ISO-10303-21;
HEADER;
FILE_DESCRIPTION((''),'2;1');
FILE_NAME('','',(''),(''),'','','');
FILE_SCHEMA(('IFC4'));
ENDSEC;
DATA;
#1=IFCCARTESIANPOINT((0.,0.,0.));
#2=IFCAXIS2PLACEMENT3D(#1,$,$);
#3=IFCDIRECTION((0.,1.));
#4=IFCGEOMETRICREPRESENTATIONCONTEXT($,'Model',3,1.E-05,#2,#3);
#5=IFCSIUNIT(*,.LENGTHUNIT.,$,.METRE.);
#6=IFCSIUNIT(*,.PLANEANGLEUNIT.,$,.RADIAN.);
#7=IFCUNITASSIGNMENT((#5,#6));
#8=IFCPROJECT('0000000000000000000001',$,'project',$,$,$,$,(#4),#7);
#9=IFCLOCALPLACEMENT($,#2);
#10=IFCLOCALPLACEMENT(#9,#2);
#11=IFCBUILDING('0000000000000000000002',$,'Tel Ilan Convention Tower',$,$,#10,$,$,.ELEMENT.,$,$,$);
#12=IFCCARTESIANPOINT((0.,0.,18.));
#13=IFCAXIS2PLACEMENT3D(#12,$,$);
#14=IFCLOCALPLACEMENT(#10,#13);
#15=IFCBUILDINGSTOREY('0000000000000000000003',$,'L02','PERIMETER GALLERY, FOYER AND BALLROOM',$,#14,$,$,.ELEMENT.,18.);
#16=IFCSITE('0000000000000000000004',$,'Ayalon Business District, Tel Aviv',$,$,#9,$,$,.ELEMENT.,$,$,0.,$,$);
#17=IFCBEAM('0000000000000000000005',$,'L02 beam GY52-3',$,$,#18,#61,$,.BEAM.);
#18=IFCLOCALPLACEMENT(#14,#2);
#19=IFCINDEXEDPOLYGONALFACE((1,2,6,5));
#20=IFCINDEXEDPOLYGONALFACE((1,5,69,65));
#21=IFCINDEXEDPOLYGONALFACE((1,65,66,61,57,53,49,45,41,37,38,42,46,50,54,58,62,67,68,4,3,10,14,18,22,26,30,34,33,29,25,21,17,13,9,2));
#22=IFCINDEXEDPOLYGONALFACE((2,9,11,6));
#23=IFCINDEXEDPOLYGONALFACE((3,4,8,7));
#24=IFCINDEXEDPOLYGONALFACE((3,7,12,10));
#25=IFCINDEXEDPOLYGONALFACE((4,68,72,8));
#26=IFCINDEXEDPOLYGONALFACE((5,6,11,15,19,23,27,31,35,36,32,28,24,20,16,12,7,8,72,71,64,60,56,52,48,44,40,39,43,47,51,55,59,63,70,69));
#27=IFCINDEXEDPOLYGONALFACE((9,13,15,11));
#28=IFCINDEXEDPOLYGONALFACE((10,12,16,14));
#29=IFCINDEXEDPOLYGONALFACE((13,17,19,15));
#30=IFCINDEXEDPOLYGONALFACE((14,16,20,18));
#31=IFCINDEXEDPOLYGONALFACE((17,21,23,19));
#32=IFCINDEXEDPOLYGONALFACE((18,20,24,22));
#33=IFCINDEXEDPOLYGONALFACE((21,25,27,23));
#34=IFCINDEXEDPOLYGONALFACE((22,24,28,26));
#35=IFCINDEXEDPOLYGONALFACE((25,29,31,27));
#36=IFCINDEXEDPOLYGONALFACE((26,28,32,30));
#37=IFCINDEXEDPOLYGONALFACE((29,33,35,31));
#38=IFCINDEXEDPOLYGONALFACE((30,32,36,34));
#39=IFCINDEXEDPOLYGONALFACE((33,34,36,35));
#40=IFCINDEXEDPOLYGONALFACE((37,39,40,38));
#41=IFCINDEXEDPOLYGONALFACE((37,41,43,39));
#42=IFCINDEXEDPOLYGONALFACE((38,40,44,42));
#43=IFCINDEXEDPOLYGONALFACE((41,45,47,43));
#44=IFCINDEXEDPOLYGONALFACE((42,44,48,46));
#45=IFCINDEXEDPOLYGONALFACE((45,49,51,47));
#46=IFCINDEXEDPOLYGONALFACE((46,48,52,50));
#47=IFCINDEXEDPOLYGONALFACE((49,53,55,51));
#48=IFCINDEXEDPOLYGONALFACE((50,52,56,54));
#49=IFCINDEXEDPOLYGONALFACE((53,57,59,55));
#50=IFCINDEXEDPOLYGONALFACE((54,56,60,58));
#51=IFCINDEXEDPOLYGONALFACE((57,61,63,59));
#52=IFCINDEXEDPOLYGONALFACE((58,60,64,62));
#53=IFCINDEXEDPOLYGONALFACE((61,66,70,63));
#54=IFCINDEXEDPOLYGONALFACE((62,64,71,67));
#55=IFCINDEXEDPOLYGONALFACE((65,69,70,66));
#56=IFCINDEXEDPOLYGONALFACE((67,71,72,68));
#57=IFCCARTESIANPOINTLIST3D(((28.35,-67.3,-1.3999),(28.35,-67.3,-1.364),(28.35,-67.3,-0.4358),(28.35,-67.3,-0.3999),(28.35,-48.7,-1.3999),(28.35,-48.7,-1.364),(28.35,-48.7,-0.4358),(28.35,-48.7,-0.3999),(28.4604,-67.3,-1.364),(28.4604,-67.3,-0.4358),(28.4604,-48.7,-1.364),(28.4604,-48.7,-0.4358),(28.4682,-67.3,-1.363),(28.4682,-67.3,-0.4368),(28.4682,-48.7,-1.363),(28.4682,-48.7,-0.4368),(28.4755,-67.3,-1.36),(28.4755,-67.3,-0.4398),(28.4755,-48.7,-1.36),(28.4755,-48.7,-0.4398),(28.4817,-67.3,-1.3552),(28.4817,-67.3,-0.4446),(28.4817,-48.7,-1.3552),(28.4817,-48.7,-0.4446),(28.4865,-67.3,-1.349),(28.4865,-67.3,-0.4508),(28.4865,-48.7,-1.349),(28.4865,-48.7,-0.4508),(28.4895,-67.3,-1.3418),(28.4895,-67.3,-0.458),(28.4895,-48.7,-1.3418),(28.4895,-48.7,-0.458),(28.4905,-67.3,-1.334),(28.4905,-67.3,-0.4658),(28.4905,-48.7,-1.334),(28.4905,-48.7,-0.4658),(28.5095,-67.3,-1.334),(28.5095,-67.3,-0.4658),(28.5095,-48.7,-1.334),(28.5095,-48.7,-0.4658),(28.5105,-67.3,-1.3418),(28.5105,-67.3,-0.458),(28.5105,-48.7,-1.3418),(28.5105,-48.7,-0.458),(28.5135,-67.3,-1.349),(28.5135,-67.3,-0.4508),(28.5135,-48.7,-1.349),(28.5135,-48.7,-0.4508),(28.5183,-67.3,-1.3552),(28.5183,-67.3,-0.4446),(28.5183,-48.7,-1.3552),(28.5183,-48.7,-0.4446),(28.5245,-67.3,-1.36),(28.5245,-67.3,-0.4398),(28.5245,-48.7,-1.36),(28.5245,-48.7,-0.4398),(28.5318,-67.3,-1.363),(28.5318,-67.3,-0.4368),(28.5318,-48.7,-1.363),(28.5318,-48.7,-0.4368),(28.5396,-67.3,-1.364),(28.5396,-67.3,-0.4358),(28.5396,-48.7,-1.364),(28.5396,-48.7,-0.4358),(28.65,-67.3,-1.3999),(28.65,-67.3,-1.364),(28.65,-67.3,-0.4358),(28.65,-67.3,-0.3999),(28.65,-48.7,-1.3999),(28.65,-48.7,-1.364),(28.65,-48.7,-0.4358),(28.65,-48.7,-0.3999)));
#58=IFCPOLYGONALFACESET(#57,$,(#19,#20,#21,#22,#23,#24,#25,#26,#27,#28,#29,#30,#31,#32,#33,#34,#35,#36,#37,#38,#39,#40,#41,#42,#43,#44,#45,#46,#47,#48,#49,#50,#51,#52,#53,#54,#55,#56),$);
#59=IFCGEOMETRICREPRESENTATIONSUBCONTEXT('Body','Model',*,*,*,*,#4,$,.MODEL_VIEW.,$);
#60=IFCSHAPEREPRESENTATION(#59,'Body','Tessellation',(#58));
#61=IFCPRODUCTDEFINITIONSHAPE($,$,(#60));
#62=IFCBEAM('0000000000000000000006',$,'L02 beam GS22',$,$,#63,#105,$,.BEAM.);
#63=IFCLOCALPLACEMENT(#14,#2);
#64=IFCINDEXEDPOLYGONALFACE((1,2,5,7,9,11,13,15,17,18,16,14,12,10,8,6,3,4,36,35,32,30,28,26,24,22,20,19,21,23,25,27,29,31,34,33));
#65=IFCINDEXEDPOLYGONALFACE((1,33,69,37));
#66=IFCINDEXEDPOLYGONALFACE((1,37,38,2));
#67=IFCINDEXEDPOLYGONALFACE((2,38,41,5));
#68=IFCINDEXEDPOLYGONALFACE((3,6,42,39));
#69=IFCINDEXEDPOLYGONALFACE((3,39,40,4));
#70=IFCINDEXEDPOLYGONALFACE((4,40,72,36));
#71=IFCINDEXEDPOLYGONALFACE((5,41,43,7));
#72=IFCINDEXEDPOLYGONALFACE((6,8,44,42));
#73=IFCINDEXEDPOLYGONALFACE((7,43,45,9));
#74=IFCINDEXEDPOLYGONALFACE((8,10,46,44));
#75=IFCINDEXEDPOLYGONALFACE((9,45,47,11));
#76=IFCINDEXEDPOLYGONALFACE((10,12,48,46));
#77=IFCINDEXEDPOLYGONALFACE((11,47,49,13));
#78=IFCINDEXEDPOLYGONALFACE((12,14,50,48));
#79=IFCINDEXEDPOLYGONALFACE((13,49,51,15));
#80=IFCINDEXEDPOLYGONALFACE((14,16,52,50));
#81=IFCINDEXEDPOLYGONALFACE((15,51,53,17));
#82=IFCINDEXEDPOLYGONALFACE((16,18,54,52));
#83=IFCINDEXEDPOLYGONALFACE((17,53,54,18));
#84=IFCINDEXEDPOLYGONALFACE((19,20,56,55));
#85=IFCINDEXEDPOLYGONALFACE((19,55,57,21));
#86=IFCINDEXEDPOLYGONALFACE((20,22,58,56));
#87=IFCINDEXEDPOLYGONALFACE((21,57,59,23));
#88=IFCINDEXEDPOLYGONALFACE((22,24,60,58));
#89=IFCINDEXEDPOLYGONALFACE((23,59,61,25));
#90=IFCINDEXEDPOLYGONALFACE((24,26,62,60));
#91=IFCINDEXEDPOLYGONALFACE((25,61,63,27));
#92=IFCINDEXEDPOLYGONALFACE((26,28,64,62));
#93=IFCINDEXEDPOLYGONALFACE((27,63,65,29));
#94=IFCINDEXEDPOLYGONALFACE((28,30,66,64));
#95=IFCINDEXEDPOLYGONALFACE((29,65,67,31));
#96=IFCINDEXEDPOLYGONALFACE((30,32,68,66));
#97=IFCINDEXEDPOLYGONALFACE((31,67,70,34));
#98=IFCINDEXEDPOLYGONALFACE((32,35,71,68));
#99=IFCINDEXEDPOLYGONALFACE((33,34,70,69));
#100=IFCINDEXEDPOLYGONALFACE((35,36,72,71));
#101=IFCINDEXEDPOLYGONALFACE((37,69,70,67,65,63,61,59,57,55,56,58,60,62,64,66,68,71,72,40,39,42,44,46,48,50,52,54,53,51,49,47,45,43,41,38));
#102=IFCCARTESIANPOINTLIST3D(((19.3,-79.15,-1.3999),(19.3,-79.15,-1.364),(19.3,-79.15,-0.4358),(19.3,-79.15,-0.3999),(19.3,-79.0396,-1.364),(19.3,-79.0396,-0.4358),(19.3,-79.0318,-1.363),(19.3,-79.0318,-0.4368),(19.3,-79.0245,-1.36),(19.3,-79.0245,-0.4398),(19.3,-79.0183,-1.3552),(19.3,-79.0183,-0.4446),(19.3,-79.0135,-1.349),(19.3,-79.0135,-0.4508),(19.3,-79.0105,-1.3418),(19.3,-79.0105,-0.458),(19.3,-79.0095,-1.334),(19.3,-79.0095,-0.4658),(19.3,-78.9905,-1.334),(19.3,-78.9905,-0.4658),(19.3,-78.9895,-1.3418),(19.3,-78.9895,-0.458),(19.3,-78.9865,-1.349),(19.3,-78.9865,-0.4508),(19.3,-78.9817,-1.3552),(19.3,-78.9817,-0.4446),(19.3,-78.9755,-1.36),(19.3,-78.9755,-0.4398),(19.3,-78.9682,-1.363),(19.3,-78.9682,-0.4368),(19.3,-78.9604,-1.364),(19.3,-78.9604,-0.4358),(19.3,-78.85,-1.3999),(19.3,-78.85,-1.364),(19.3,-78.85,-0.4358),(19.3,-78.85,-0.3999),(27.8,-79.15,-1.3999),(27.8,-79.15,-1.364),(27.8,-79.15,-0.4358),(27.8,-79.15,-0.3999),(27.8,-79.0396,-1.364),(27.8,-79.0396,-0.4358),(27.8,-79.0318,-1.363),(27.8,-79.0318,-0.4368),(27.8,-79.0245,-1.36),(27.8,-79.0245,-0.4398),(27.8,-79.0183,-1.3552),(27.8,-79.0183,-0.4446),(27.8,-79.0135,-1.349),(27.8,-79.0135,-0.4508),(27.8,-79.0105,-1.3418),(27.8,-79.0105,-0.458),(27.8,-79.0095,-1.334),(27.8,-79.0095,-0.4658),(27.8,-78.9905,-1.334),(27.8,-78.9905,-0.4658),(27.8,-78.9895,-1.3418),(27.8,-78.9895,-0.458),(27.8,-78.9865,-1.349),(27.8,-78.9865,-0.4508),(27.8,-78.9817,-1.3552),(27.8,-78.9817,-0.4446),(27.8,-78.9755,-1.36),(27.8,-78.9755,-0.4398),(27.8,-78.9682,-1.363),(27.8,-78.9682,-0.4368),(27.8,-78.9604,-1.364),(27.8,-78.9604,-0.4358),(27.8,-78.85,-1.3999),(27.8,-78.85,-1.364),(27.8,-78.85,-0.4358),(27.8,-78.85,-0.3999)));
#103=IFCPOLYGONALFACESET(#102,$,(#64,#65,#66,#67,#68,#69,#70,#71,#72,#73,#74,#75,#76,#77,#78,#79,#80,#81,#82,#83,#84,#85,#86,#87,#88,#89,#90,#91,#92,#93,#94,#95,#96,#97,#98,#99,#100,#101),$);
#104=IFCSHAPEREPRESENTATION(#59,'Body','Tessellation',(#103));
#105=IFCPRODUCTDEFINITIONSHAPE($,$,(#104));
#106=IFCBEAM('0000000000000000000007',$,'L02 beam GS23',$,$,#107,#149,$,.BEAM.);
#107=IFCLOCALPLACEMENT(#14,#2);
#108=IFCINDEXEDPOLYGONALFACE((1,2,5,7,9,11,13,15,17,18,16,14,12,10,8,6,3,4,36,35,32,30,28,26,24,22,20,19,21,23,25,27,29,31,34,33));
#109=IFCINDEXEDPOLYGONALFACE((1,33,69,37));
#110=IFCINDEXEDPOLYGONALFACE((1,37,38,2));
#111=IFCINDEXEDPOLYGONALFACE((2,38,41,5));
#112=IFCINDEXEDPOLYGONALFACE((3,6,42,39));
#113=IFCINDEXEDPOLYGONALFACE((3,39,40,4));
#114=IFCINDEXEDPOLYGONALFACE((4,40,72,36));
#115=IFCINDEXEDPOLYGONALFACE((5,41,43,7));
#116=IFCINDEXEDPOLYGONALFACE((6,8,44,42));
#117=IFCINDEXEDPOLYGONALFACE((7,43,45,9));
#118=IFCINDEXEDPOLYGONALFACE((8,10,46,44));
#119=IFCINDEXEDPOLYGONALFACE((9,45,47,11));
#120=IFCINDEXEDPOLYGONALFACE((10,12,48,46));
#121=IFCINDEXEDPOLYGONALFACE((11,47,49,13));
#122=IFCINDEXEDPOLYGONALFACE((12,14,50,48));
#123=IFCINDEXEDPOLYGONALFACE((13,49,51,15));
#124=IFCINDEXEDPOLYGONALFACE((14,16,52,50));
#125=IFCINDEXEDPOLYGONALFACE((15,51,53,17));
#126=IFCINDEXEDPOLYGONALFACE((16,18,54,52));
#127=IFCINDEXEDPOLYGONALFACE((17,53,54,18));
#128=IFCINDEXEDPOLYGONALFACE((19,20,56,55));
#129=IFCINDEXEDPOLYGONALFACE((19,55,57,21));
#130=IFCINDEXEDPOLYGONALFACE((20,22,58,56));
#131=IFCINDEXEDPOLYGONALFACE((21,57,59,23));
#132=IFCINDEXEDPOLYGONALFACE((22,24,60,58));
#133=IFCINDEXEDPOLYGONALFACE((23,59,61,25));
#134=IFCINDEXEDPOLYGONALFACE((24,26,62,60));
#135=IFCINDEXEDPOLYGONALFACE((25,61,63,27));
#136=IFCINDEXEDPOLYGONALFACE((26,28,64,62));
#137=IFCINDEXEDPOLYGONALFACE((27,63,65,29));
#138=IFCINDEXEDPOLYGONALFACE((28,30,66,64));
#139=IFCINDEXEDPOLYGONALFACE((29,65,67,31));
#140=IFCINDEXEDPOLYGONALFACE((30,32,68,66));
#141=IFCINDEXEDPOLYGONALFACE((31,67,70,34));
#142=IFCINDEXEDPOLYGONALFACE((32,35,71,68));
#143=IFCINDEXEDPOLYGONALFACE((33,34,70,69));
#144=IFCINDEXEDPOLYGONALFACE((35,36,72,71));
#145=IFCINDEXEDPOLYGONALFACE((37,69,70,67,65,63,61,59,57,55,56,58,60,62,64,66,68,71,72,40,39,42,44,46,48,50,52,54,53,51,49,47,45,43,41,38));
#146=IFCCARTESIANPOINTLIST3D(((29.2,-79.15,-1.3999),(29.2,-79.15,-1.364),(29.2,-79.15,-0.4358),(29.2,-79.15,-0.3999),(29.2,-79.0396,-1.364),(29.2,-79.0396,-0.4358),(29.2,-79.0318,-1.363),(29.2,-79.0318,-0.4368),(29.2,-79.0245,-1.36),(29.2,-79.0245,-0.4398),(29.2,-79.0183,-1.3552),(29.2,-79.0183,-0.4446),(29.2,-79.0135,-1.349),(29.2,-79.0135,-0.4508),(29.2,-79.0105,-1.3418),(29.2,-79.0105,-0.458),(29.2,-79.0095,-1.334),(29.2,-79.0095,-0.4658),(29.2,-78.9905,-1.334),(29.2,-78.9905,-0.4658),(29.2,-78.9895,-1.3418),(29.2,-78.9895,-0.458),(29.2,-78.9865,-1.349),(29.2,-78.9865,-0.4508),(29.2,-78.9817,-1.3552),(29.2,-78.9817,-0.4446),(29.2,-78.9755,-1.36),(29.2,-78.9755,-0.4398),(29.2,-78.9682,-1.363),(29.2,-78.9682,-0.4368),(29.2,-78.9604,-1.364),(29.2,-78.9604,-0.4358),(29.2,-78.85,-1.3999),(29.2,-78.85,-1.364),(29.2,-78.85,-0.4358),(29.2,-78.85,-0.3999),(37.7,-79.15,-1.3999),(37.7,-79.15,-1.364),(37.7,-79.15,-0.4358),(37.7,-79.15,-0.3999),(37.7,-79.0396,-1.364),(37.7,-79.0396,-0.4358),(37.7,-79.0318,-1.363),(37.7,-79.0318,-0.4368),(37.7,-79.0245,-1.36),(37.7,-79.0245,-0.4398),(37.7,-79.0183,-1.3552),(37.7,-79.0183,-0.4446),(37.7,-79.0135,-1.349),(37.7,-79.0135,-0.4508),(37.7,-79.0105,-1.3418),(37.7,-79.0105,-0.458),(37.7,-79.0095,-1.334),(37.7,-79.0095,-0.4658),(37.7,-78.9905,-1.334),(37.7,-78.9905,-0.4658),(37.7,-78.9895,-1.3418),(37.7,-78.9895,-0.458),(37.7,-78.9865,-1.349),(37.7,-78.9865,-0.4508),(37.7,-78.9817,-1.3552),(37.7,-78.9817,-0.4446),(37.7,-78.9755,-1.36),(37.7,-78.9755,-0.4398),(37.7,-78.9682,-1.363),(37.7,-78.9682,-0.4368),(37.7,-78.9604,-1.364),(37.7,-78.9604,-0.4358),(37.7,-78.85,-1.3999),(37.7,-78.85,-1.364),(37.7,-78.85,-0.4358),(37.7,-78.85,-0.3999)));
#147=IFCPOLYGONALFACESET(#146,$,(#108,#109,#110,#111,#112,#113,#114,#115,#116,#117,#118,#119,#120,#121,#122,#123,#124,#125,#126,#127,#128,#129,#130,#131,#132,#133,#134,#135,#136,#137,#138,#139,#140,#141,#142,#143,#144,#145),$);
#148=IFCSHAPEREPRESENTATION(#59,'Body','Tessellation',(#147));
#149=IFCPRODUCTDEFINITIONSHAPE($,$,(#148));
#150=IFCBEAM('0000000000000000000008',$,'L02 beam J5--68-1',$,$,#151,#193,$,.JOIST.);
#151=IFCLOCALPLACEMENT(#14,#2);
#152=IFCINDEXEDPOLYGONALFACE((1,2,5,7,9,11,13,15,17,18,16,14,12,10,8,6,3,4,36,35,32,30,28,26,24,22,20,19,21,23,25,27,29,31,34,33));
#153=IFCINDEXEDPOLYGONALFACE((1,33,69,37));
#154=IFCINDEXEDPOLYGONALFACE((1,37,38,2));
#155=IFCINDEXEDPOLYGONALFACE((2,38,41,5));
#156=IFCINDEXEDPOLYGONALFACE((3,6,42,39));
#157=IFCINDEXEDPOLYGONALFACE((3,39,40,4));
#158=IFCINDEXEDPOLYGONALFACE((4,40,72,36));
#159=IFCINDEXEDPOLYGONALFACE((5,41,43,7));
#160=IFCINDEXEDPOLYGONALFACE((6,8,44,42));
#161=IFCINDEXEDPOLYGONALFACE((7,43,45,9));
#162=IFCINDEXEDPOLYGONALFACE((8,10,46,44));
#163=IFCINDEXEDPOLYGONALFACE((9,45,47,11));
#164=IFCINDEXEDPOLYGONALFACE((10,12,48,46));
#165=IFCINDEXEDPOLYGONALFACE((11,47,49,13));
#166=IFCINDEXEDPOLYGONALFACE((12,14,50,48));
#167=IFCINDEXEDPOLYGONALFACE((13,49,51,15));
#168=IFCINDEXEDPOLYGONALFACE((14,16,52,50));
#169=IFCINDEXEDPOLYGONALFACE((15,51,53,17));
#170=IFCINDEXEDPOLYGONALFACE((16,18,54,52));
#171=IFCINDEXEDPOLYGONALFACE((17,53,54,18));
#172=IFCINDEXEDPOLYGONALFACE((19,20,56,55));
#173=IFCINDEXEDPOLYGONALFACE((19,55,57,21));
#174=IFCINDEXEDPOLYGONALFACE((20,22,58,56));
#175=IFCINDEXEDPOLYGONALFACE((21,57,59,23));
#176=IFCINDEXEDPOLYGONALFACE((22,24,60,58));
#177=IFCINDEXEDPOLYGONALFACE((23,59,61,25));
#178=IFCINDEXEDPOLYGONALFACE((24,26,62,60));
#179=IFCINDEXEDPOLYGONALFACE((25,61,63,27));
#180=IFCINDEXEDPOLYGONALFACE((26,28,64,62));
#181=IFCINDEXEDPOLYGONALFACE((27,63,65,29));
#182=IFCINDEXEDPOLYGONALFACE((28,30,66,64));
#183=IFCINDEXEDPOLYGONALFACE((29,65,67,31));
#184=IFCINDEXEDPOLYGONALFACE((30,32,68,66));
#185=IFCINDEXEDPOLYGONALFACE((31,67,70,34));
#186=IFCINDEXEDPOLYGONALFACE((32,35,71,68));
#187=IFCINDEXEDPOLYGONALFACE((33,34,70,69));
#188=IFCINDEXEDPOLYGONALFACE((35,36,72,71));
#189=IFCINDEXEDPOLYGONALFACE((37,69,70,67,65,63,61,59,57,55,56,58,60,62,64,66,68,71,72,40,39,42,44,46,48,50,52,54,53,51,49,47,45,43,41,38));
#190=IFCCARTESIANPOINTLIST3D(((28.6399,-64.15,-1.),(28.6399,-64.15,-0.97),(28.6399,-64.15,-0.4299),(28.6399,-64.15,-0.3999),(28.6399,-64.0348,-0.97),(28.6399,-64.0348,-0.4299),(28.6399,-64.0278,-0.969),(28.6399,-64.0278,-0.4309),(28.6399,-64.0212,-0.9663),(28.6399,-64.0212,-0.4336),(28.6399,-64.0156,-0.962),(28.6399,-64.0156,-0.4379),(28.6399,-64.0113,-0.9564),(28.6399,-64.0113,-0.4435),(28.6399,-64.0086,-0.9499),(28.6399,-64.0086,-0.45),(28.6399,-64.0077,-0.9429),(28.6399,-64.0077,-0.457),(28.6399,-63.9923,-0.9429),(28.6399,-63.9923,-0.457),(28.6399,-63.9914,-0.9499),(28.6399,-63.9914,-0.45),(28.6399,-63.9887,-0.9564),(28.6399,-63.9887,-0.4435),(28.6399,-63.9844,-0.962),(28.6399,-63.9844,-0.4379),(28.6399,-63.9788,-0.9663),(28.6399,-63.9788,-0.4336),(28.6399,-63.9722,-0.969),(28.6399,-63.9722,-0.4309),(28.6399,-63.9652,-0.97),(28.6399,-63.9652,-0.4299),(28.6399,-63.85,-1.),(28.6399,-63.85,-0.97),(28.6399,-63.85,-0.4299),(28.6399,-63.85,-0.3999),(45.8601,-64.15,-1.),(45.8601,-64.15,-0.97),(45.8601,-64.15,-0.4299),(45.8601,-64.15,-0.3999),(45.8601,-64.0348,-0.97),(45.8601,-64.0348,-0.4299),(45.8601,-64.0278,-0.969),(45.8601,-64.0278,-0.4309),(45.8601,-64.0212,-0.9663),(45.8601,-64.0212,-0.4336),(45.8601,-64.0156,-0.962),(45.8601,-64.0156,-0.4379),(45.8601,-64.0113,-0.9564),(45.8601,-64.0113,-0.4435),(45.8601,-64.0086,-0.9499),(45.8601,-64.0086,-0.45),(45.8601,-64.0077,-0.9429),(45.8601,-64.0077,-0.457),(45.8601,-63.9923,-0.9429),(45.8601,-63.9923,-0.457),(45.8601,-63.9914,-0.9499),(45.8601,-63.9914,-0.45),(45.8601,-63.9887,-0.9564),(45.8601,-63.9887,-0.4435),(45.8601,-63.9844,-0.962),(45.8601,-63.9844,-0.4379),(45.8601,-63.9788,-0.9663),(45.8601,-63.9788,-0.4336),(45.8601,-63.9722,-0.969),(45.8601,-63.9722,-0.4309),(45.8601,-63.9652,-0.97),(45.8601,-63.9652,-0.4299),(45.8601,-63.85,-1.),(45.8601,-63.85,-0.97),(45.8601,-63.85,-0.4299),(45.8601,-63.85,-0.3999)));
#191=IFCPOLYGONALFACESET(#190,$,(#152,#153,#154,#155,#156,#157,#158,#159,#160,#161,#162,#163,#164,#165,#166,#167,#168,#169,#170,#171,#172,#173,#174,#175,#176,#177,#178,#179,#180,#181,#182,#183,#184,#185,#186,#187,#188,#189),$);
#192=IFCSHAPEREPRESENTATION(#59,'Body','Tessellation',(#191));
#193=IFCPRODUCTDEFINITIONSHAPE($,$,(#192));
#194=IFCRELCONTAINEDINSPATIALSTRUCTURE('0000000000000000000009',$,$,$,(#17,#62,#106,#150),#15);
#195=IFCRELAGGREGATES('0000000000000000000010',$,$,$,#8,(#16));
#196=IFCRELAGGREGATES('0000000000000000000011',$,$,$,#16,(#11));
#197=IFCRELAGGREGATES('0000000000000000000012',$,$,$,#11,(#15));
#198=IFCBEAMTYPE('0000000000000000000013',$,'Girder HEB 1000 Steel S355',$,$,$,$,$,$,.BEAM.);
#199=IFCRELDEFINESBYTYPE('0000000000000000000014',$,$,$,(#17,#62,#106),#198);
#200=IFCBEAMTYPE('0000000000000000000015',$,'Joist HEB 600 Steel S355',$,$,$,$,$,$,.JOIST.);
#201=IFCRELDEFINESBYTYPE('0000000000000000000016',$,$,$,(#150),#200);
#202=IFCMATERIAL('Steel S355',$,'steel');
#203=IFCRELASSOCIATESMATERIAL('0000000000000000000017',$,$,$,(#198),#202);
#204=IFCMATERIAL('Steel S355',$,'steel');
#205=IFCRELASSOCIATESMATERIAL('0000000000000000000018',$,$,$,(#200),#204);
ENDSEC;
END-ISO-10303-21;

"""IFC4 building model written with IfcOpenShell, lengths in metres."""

from ifc_helpers import new_model, si_unit, direction, frame, origin, origin_2d, place, context, subcontext, project, spatial, i_section, extrude, material, material_profile, profile_set, type_object, element, save


model = new_model("IFC4")

# Units and contexts
model_context = context("Model", 3, precision=1e-05, world=origin(), true_north=direction((0.0, 1.0)))
body_context = subcontext(model_context, "Body", "Model", "MODEL_VIEW")
ifc_project = project(units=[si_unit("LENGTHUNIT", "METRE"), si_unit("PLANEANGLEUNIT", "RADIAN")], contexts=[model_context])

# Site, building, storey
site_placement = place(None, origin())
site = spatial("IfcSite", under=ifc_project, at=site_placement, Name="Ayalon Business District, Tel Aviv", CompositionType="ELEMENT", RefElevation=0.0)
building_placement = place(site_placement, origin())
building = spatial("IfcBuilding", under=site, at=building_placement, Name="Tel Ilan Convention Tower", CompositionType="ELEMENT")
storey_placement = place(building_placement, frame((0.0, 0.0, 18.0)))
storey = spatial("IfcBuildingStorey", under=building, at=storey_placement, Name="L02", Description="PERIMETER GALLERY, FOYER AND BALLROOM", CompositionType="ELEMENT", Elevation=18.0)

# Beams
ifc_material_1 = material(Name="Steel S355", Category="steel")
ifc_material_profile_1 = material_profile(ifc_material_1, i_section(OverallWidth=0.3, OverallDepth=1.0, WebThickness=0.019, FlangeThickness=0.0359, FilletRadius=0.03, at=origin_2d()), Name="HEB 1000")
ifc_profile_set_1 = profile_set([ifc_material_profile_1], Name="Steel S355")
beam_type_1 = type_object("IfcBeamType", Name="Girder HEB 1000 Steel S355", PredefinedType="BEAM", material=ifc_profile_set_1)
beam_1_placement = place(storey_placement, frame((28.5, -67.3, -0.8999), z_axis=(0.0, 1.0, 0.0), x_axis=(-1.0, 0.0, 0.0)))
element("IfcBeam", 1, at=beam_1_placement, inside=storey, type_object=beam_type_1, Name="L02 beam GY52-3", PredefinedType="BEAM", context=body_context, shape_type="SweptSolid", body=[
    extrude(i_section(OverallWidth=0.3, OverallDepth=1.0, WebThickness=0.019, FlangeThickness=0.0359, FilletRadius=0.03, at=origin_2d()), origin(), (0.0, 0.0, 1.0), 18.6001),
])
for number, where, z_axis, x_axis, name in (
    (2, (19.3, -79.0, -0.8999), (1.0, 0.0, 0.0), (0.0, 1.0, 0.0), "L02 beam GS22"),
    (3, (29.2, -79.0, -0.8999), (1.0, 0.0, 0.0), (0.0, 1.0, 0.0), "L02 beam GS23"),
):
    element("IfcBeam", number, at=place(storey_placement, frame(where, z_axis=z_axis, x_axis=x_axis)), inside=storey, type_object=beam_type_1, Name=name, PredefinedType="BEAM", context=body_context, shape_type="SweptSolid", body=[
        extrude(i_section(OverallWidth=0.3, OverallDepth=1.0, WebThickness=0.019, FlangeThickness=0.0359, FilletRadius=0.03, at=origin_2d()), origin(), (0.0, 0.0, 1.0), 8.5),
    ])
ifc_material_2 = material(Name="Steel S355", Category="steel")
ifc_material_profile_2 = material_profile(ifc_material_2, i_section(OverallWidth=0.3, OverallDepth=0.6001, WebThickness=0.0154, FlangeThickness=0.03, FilletRadius=0.0271, at=origin_2d()), Name="HEB 600")
ifc_profile_set_2 = profile_set([ifc_material_profile_2], Name="Steel S355")
beam_type_2 = type_object("IfcBeamType", Name="Joist HEB 600 Steel S355", PredefinedType="JOIST", material=ifc_profile_set_2)
beam_2_placement = place(storey_placement, frame((28.6399, -64.0, -0.7), z_axis=(1.0, 0.0, 0.0), x_axis=(0.0, 1.0, 0.0)))
element("IfcBeam", 4, at=beam_2_placement, inside=storey, type_object=beam_type_2, Name="L02 beam J5--68-1", PredefinedType="JOIST", context=body_context, shape_type="SweptSolid", body=[
    extrude(i_section(OverallWidth=0.3, OverallDepth=0.6001, WebThickness=0.0154, FlangeThickness=0.03, FilletRadius=0.0271, at=origin_2d()), origin(), (0.0, 0.0, 1.0), 17.2202),
])

save(model, "model.ifc")
